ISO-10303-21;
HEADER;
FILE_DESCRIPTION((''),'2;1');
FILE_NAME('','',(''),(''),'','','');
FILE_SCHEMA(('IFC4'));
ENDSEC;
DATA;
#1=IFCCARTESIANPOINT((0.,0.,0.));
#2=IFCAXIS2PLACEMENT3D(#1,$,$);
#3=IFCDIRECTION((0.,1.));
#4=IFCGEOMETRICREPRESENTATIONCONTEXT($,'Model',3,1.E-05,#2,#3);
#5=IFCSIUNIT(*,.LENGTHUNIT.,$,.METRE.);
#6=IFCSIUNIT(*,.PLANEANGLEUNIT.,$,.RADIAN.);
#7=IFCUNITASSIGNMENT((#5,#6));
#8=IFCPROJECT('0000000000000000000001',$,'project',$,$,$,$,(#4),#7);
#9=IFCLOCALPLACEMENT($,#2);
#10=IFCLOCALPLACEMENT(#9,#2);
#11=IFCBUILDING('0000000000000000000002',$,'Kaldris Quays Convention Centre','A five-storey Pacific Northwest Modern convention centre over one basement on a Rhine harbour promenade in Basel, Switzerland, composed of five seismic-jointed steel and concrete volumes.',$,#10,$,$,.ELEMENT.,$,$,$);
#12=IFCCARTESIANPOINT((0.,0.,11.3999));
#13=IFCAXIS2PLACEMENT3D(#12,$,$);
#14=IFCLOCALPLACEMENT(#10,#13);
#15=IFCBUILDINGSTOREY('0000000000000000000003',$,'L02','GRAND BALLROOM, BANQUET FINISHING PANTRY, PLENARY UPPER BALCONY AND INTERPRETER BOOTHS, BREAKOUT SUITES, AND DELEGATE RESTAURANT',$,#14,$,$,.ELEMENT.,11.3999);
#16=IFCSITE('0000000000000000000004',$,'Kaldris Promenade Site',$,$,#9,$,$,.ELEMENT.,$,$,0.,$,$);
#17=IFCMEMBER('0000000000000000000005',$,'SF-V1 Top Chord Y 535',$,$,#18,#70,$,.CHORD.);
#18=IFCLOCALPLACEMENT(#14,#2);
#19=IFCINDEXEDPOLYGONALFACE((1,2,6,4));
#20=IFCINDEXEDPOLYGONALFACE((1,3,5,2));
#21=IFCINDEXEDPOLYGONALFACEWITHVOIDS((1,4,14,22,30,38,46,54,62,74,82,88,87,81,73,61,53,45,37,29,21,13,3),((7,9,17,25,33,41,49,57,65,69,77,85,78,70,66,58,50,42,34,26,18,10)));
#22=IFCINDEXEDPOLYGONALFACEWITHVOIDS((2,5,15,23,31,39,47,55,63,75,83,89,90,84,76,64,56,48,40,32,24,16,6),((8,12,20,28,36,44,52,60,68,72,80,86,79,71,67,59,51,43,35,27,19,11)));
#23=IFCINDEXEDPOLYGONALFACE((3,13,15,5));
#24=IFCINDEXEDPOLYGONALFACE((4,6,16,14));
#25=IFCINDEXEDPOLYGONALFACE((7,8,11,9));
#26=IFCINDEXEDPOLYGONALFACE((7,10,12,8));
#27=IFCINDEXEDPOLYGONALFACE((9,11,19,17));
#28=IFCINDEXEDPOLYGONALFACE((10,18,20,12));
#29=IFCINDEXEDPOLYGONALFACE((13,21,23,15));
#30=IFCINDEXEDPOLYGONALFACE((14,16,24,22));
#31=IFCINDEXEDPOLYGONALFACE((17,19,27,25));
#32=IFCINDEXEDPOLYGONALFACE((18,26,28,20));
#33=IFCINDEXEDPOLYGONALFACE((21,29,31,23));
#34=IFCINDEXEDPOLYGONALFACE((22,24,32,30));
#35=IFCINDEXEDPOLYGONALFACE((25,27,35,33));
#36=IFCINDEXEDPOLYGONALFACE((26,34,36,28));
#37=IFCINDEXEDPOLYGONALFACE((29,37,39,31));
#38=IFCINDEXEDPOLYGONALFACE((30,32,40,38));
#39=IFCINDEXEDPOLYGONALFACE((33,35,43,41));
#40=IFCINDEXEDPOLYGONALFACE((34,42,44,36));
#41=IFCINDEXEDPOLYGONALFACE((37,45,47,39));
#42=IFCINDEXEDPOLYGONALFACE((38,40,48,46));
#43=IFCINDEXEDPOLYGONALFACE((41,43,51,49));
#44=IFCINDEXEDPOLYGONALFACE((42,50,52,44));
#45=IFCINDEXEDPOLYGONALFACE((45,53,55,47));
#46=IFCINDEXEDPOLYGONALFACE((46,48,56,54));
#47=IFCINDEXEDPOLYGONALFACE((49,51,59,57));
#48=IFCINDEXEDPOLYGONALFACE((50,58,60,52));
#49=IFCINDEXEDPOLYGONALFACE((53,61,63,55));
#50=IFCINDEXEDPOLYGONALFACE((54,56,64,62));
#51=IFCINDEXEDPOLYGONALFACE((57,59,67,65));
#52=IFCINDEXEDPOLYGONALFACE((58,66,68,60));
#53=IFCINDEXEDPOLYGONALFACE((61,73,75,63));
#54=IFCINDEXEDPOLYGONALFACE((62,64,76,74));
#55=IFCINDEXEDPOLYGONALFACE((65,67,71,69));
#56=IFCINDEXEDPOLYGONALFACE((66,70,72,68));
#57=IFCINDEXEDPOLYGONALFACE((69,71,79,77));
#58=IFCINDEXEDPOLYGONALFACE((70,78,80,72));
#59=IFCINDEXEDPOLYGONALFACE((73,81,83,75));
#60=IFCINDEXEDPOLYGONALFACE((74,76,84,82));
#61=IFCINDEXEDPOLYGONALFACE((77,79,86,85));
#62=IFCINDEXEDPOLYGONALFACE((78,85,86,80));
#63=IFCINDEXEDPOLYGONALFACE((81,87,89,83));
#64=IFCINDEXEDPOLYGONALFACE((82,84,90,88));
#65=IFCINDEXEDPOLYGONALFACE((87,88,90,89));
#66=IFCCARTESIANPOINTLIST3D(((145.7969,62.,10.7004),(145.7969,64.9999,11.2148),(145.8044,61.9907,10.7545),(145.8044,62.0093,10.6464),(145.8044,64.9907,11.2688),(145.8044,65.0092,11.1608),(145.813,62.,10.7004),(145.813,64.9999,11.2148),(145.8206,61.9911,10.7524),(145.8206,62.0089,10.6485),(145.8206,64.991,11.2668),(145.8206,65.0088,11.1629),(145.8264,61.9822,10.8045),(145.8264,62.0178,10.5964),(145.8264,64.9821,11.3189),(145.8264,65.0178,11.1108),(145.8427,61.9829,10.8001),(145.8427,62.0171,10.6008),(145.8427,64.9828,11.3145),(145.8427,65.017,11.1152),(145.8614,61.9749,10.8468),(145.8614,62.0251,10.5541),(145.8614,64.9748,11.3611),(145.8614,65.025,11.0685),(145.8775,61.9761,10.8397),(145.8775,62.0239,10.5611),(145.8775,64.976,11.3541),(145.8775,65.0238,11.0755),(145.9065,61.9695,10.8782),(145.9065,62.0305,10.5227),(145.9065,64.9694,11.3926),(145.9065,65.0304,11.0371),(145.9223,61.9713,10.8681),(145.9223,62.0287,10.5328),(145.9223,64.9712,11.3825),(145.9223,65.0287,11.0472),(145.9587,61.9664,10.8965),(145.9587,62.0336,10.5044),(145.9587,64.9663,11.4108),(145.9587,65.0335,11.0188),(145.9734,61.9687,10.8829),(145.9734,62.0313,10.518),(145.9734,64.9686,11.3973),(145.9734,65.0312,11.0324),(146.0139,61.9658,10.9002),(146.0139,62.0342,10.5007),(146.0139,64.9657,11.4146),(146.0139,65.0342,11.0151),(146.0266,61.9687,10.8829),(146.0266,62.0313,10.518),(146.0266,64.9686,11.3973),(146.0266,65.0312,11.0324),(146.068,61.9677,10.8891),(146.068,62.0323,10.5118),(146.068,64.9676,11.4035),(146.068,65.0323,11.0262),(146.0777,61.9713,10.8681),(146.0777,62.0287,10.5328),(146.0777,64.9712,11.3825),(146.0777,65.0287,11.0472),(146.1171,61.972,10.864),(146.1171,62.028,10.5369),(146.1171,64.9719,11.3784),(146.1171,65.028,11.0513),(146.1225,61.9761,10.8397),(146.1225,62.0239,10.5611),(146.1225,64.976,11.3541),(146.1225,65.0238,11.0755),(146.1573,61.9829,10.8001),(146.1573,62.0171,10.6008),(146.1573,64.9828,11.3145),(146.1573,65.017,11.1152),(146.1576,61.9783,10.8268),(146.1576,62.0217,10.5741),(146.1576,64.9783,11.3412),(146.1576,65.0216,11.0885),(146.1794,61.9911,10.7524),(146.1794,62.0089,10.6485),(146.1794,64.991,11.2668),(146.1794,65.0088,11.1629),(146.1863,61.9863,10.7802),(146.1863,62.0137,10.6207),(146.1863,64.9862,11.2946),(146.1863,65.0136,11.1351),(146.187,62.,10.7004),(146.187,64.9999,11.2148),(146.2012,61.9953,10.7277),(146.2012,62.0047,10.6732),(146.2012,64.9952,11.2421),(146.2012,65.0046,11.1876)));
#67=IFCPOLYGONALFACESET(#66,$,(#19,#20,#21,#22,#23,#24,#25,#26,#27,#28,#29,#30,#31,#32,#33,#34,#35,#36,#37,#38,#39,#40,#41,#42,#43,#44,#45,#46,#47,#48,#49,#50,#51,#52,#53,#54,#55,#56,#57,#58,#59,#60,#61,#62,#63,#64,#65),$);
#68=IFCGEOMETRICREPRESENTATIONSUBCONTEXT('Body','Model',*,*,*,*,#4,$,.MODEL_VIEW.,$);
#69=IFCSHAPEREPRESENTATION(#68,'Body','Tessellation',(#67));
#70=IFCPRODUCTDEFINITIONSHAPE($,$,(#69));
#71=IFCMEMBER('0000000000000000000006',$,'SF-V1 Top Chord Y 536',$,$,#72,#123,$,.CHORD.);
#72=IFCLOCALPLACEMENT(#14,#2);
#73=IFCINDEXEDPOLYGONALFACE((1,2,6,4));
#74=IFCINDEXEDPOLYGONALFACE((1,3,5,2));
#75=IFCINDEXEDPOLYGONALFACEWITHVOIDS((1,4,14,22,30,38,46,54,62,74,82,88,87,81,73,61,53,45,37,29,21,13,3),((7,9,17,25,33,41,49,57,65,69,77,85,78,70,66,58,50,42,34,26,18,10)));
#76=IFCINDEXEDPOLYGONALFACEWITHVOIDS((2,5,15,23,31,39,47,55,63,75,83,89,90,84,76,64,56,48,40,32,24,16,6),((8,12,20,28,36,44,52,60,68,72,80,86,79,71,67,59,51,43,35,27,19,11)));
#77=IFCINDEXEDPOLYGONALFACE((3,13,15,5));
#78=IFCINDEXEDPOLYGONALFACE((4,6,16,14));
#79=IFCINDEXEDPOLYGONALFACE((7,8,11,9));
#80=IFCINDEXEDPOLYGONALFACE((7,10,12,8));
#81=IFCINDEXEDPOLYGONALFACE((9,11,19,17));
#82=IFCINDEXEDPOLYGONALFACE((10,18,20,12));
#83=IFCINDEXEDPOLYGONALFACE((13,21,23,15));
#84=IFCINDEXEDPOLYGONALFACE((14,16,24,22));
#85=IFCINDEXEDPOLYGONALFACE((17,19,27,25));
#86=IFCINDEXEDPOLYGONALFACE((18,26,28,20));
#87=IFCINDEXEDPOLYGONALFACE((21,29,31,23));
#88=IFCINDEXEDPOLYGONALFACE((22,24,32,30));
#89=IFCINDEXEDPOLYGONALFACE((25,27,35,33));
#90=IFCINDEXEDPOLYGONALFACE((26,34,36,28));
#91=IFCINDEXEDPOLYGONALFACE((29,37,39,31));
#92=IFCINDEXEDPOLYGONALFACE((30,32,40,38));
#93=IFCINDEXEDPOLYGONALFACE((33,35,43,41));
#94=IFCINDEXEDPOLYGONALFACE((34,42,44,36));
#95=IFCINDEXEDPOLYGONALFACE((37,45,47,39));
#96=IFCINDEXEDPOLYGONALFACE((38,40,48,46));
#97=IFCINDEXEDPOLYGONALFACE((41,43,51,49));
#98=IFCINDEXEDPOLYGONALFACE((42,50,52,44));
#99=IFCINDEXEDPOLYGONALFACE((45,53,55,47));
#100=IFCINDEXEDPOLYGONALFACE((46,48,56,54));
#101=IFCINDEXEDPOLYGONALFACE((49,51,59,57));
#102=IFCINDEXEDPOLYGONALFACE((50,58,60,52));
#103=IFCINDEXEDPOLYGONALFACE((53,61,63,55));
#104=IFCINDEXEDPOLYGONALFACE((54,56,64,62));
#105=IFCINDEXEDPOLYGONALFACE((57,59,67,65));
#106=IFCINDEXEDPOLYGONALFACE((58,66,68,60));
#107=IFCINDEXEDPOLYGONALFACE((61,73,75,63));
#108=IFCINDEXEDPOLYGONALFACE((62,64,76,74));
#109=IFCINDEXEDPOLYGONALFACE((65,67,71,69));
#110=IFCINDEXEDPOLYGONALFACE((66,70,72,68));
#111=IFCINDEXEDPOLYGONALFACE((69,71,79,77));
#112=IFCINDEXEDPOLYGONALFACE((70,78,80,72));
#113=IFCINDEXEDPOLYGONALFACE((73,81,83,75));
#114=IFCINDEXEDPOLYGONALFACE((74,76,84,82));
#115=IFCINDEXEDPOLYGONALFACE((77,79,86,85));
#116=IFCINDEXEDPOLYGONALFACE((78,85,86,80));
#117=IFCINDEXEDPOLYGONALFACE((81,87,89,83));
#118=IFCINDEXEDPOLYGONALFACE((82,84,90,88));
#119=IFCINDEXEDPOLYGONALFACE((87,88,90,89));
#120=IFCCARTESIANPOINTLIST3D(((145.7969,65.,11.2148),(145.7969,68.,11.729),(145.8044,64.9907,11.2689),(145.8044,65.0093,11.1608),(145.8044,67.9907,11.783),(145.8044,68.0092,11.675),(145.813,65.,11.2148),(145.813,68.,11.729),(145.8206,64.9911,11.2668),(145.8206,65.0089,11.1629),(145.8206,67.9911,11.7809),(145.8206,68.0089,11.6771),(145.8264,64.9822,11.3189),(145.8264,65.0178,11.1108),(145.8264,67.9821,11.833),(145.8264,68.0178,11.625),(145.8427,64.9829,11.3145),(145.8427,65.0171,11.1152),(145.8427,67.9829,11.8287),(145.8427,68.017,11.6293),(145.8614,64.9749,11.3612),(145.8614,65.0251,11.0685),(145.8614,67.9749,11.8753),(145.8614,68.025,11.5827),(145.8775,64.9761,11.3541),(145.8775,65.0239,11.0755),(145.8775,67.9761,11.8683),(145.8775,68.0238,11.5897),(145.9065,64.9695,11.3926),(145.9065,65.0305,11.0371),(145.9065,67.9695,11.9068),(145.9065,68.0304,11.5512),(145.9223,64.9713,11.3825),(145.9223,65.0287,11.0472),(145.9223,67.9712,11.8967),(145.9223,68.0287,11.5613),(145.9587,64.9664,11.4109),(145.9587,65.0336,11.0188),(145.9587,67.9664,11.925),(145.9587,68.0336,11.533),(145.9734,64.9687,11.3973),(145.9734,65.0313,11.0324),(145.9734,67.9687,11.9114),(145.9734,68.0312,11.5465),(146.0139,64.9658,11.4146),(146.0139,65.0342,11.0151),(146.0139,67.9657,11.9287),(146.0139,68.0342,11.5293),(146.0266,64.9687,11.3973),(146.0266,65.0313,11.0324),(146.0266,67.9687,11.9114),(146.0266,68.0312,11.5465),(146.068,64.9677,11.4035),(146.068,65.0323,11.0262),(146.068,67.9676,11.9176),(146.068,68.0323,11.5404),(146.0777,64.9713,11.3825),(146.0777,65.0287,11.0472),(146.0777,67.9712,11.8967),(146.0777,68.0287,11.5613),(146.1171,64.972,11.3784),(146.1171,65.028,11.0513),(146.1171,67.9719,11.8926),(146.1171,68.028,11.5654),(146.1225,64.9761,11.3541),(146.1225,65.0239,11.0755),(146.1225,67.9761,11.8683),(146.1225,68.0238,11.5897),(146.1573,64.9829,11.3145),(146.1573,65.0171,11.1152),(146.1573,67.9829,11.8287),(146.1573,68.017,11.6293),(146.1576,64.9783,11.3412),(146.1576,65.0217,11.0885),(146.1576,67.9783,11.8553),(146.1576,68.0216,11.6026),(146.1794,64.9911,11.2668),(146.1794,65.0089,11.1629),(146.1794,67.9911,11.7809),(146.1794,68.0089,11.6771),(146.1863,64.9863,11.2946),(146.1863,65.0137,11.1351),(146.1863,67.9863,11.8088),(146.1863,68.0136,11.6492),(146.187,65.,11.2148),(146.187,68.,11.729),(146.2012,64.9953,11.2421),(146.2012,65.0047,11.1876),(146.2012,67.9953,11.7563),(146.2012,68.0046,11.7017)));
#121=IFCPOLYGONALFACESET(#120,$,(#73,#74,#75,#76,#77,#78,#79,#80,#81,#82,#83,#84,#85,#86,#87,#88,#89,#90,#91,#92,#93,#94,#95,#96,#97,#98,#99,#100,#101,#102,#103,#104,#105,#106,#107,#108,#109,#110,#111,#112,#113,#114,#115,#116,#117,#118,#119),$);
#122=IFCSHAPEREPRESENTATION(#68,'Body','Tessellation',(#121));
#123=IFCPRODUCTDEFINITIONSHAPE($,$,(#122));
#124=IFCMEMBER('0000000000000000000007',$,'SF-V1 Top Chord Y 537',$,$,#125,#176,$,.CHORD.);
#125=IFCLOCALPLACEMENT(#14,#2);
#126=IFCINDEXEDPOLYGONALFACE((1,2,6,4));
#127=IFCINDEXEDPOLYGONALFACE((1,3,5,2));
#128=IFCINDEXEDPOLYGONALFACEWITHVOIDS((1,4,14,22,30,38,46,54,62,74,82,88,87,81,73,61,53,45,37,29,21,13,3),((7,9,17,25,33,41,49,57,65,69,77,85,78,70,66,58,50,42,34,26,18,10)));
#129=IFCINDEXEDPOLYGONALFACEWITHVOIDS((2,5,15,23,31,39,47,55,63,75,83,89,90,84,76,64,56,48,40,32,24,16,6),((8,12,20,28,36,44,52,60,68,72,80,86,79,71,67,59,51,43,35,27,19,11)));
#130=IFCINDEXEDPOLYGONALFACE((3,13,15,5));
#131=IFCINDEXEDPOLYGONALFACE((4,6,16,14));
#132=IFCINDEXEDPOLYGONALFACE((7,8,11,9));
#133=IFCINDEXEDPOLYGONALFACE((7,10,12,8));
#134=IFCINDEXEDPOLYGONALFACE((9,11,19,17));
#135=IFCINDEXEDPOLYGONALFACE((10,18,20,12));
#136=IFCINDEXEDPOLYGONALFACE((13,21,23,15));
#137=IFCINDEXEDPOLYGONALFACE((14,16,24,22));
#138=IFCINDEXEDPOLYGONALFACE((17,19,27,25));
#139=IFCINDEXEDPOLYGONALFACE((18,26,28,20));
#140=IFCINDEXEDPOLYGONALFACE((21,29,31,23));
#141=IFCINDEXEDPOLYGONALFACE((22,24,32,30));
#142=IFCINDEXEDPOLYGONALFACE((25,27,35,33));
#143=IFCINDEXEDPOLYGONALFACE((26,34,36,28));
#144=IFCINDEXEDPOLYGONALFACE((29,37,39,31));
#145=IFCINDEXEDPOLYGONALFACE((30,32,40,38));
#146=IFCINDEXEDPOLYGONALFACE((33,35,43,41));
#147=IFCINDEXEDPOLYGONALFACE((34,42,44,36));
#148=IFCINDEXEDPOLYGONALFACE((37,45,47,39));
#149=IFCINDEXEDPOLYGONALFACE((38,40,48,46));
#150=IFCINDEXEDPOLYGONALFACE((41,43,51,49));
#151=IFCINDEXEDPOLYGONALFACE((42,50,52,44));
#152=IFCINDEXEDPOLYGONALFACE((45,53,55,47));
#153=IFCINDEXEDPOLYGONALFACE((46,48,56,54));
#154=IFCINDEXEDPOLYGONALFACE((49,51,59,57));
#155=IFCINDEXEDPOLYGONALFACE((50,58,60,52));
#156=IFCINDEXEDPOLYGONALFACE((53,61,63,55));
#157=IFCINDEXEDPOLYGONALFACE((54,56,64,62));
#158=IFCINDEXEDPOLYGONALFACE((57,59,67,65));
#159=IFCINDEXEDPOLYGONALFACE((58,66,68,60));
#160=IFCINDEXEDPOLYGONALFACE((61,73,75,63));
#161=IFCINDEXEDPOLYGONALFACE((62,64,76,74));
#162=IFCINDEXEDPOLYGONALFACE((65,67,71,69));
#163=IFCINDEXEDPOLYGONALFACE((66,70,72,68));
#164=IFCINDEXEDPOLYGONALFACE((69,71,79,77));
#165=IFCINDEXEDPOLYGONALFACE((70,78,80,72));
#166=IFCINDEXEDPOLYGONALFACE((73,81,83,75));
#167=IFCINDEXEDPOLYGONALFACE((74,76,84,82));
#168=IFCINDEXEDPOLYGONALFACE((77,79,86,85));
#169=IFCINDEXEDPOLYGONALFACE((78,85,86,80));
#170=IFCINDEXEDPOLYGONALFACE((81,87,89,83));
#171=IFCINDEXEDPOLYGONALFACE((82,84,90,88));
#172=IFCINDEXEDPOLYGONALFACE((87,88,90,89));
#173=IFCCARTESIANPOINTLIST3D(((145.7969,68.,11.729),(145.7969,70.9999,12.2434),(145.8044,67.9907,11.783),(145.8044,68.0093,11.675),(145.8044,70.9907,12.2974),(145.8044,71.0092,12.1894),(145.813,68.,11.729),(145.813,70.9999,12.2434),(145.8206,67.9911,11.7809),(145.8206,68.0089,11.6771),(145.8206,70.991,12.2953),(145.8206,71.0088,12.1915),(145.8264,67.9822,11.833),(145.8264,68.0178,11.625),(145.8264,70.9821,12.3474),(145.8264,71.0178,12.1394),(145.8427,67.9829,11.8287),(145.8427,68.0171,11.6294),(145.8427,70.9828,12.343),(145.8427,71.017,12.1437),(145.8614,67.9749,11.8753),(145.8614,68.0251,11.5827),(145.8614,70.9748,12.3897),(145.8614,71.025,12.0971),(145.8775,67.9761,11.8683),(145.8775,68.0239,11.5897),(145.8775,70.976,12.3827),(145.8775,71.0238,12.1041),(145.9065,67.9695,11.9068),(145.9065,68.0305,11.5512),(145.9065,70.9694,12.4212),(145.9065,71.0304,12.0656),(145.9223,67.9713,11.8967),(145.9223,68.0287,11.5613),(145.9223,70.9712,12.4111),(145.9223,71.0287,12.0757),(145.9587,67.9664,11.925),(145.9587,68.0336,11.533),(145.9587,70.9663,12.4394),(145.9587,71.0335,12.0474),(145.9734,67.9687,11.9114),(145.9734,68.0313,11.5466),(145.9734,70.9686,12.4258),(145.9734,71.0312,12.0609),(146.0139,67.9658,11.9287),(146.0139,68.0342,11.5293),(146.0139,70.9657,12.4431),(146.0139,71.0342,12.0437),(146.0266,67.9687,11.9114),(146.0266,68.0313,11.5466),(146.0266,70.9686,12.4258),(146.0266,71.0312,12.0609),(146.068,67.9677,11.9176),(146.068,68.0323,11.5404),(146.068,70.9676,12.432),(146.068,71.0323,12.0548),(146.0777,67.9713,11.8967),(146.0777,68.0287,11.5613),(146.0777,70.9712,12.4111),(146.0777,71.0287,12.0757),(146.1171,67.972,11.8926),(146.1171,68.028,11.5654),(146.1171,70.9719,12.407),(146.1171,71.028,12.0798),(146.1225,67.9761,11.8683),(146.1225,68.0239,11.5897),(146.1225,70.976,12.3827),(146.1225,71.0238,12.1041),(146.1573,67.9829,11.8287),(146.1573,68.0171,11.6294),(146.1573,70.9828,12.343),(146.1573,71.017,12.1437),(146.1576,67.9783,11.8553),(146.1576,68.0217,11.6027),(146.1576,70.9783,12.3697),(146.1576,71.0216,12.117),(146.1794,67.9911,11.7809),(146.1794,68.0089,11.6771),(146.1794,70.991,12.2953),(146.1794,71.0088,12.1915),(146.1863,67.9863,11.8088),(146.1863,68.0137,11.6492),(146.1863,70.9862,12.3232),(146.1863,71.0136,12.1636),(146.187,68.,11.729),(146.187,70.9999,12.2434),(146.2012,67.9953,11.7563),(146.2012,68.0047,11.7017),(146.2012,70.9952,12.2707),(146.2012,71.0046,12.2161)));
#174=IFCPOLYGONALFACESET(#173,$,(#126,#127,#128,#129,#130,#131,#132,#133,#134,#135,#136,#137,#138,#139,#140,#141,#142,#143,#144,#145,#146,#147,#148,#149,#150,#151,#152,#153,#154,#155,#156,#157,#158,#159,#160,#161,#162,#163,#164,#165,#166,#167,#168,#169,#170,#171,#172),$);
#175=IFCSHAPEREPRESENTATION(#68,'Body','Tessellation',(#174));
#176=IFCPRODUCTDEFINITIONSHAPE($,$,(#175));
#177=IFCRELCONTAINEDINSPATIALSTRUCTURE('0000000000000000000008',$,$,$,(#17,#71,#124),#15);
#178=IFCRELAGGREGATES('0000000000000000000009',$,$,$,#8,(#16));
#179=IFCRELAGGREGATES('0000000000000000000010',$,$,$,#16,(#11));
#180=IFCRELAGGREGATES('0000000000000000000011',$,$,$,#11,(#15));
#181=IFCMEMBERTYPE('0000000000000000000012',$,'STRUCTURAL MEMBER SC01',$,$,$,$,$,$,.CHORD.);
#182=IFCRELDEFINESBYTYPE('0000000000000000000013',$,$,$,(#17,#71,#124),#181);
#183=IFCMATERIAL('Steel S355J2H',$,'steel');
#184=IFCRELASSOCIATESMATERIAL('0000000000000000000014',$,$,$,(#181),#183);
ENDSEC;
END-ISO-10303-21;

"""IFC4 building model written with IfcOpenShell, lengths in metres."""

from ifc_helpers import new_model, si_unit, direction, frame, origin, origin_2d, place, context, subcontext, project, spatial, hollow_circle, extrude, material, material_profile, profile_set, type_object, element, save


model = new_model("IFC4")

# Units and contexts
model_context = context("Model", 3, precision=1e-05, world=origin(), true_north=direction((0.0, 1.0)))
body_context = subcontext(model_context, "Body", "Model", "MODEL_VIEW")
ifc_project = project(units=[si_unit("LENGTHUNIT", "METRE"), si_unit("PLANEANGLEUNIT", "RADIAN")], contexts=[model_context])

# Site, building, storey
site_placement = place(None, origin())
site = spatial("IfcSite", under=ifc_project, at=site_placement, Name="Kaldris Promenade Site", CompositionType="ELEMENT", RefElevation=0.0)
building_placement = place(site_placement, origin())
building = spatial("IfcBuilding", under=site, at=building_placement, Name="Kaldris Quays Convention Centre", Description="A five-storey Pacific Northwest Modern convention centre over one basement on a Rhine harbour promenade in Basel, Switzerland, composed of five seismic-jointed steel and concrete volumes.", CompositionType="ELEMENT")
storey_placement = place(building_placement, frame((0.0, 0.0, 11.3999)))
storey = spatial("IfcBuildingStorey", under=building, at=storey_placement, Name="L02", Description="GRAND BALLROOM, BANQUET FINISHING PANTRY, PLENARY UPPER BALCONY AND INTERPRETER BOOTHS, BREAKOUT SUITES, AND DELEGATE RESTAURANT", CompositionType="ELEMENT", Elevation=11.3999)

# Members
ifc_material_1 = material(Name="Steel S355J2H", Category="steel")
ifc_material_profile_1 = material_profile(ifc_material_1, hollow_circle(Radius=0.2031, WallThickness=0.0161, at=origin_2d()), Name="CHS 406.4x16")
ifc_profile_set_1 = profile_set([ifc_material_profile_1], Name="Steel S355J2H")
member_type_1 = type_object("IfcMemberType", Name="STRUCTURAL MEMBER SC01", PredefinedType="CHORD", material=ifc_profile_set_1)
for number, where, z_axis, x_axis, name in (
    (1, (146.0, 62.0, 10.7004), (0.0, 0.985616, 0.169002), (-1.0, 0.0, 0.0), "SF-V1 Top Chord Y 535"),
    (2, (146.0, 65.0, 11.2148), (0.0, 0.985629, 0.168924), (-1.0, 0.0, 0.0), "SF-V1 Top Chord Y 536"),
    (3, (146.0, 68.0, 11.729), (0.0, 0.985616, 0.169002), (-1.0, 0.0, 0.0), "SF-V1 Top Chord Y 537"),
):
    element("IfcMember", number, at=place(storey_placement, frame(where, z_axis=z_axis, x_axis=x_axis)), inside=storey, type_object=member_type_1, Name=name, PredefinedType="CHORD", context=body_context, shape_type="SweptSolid", body=[
        extrude(hollow_circle(Radius=0.2031, WallThickness=0.0161, at=origin_2d()), origin(), (0.0, 0.0, 1.0), 3.0437),
    ])

save(model, "model.ifc")
